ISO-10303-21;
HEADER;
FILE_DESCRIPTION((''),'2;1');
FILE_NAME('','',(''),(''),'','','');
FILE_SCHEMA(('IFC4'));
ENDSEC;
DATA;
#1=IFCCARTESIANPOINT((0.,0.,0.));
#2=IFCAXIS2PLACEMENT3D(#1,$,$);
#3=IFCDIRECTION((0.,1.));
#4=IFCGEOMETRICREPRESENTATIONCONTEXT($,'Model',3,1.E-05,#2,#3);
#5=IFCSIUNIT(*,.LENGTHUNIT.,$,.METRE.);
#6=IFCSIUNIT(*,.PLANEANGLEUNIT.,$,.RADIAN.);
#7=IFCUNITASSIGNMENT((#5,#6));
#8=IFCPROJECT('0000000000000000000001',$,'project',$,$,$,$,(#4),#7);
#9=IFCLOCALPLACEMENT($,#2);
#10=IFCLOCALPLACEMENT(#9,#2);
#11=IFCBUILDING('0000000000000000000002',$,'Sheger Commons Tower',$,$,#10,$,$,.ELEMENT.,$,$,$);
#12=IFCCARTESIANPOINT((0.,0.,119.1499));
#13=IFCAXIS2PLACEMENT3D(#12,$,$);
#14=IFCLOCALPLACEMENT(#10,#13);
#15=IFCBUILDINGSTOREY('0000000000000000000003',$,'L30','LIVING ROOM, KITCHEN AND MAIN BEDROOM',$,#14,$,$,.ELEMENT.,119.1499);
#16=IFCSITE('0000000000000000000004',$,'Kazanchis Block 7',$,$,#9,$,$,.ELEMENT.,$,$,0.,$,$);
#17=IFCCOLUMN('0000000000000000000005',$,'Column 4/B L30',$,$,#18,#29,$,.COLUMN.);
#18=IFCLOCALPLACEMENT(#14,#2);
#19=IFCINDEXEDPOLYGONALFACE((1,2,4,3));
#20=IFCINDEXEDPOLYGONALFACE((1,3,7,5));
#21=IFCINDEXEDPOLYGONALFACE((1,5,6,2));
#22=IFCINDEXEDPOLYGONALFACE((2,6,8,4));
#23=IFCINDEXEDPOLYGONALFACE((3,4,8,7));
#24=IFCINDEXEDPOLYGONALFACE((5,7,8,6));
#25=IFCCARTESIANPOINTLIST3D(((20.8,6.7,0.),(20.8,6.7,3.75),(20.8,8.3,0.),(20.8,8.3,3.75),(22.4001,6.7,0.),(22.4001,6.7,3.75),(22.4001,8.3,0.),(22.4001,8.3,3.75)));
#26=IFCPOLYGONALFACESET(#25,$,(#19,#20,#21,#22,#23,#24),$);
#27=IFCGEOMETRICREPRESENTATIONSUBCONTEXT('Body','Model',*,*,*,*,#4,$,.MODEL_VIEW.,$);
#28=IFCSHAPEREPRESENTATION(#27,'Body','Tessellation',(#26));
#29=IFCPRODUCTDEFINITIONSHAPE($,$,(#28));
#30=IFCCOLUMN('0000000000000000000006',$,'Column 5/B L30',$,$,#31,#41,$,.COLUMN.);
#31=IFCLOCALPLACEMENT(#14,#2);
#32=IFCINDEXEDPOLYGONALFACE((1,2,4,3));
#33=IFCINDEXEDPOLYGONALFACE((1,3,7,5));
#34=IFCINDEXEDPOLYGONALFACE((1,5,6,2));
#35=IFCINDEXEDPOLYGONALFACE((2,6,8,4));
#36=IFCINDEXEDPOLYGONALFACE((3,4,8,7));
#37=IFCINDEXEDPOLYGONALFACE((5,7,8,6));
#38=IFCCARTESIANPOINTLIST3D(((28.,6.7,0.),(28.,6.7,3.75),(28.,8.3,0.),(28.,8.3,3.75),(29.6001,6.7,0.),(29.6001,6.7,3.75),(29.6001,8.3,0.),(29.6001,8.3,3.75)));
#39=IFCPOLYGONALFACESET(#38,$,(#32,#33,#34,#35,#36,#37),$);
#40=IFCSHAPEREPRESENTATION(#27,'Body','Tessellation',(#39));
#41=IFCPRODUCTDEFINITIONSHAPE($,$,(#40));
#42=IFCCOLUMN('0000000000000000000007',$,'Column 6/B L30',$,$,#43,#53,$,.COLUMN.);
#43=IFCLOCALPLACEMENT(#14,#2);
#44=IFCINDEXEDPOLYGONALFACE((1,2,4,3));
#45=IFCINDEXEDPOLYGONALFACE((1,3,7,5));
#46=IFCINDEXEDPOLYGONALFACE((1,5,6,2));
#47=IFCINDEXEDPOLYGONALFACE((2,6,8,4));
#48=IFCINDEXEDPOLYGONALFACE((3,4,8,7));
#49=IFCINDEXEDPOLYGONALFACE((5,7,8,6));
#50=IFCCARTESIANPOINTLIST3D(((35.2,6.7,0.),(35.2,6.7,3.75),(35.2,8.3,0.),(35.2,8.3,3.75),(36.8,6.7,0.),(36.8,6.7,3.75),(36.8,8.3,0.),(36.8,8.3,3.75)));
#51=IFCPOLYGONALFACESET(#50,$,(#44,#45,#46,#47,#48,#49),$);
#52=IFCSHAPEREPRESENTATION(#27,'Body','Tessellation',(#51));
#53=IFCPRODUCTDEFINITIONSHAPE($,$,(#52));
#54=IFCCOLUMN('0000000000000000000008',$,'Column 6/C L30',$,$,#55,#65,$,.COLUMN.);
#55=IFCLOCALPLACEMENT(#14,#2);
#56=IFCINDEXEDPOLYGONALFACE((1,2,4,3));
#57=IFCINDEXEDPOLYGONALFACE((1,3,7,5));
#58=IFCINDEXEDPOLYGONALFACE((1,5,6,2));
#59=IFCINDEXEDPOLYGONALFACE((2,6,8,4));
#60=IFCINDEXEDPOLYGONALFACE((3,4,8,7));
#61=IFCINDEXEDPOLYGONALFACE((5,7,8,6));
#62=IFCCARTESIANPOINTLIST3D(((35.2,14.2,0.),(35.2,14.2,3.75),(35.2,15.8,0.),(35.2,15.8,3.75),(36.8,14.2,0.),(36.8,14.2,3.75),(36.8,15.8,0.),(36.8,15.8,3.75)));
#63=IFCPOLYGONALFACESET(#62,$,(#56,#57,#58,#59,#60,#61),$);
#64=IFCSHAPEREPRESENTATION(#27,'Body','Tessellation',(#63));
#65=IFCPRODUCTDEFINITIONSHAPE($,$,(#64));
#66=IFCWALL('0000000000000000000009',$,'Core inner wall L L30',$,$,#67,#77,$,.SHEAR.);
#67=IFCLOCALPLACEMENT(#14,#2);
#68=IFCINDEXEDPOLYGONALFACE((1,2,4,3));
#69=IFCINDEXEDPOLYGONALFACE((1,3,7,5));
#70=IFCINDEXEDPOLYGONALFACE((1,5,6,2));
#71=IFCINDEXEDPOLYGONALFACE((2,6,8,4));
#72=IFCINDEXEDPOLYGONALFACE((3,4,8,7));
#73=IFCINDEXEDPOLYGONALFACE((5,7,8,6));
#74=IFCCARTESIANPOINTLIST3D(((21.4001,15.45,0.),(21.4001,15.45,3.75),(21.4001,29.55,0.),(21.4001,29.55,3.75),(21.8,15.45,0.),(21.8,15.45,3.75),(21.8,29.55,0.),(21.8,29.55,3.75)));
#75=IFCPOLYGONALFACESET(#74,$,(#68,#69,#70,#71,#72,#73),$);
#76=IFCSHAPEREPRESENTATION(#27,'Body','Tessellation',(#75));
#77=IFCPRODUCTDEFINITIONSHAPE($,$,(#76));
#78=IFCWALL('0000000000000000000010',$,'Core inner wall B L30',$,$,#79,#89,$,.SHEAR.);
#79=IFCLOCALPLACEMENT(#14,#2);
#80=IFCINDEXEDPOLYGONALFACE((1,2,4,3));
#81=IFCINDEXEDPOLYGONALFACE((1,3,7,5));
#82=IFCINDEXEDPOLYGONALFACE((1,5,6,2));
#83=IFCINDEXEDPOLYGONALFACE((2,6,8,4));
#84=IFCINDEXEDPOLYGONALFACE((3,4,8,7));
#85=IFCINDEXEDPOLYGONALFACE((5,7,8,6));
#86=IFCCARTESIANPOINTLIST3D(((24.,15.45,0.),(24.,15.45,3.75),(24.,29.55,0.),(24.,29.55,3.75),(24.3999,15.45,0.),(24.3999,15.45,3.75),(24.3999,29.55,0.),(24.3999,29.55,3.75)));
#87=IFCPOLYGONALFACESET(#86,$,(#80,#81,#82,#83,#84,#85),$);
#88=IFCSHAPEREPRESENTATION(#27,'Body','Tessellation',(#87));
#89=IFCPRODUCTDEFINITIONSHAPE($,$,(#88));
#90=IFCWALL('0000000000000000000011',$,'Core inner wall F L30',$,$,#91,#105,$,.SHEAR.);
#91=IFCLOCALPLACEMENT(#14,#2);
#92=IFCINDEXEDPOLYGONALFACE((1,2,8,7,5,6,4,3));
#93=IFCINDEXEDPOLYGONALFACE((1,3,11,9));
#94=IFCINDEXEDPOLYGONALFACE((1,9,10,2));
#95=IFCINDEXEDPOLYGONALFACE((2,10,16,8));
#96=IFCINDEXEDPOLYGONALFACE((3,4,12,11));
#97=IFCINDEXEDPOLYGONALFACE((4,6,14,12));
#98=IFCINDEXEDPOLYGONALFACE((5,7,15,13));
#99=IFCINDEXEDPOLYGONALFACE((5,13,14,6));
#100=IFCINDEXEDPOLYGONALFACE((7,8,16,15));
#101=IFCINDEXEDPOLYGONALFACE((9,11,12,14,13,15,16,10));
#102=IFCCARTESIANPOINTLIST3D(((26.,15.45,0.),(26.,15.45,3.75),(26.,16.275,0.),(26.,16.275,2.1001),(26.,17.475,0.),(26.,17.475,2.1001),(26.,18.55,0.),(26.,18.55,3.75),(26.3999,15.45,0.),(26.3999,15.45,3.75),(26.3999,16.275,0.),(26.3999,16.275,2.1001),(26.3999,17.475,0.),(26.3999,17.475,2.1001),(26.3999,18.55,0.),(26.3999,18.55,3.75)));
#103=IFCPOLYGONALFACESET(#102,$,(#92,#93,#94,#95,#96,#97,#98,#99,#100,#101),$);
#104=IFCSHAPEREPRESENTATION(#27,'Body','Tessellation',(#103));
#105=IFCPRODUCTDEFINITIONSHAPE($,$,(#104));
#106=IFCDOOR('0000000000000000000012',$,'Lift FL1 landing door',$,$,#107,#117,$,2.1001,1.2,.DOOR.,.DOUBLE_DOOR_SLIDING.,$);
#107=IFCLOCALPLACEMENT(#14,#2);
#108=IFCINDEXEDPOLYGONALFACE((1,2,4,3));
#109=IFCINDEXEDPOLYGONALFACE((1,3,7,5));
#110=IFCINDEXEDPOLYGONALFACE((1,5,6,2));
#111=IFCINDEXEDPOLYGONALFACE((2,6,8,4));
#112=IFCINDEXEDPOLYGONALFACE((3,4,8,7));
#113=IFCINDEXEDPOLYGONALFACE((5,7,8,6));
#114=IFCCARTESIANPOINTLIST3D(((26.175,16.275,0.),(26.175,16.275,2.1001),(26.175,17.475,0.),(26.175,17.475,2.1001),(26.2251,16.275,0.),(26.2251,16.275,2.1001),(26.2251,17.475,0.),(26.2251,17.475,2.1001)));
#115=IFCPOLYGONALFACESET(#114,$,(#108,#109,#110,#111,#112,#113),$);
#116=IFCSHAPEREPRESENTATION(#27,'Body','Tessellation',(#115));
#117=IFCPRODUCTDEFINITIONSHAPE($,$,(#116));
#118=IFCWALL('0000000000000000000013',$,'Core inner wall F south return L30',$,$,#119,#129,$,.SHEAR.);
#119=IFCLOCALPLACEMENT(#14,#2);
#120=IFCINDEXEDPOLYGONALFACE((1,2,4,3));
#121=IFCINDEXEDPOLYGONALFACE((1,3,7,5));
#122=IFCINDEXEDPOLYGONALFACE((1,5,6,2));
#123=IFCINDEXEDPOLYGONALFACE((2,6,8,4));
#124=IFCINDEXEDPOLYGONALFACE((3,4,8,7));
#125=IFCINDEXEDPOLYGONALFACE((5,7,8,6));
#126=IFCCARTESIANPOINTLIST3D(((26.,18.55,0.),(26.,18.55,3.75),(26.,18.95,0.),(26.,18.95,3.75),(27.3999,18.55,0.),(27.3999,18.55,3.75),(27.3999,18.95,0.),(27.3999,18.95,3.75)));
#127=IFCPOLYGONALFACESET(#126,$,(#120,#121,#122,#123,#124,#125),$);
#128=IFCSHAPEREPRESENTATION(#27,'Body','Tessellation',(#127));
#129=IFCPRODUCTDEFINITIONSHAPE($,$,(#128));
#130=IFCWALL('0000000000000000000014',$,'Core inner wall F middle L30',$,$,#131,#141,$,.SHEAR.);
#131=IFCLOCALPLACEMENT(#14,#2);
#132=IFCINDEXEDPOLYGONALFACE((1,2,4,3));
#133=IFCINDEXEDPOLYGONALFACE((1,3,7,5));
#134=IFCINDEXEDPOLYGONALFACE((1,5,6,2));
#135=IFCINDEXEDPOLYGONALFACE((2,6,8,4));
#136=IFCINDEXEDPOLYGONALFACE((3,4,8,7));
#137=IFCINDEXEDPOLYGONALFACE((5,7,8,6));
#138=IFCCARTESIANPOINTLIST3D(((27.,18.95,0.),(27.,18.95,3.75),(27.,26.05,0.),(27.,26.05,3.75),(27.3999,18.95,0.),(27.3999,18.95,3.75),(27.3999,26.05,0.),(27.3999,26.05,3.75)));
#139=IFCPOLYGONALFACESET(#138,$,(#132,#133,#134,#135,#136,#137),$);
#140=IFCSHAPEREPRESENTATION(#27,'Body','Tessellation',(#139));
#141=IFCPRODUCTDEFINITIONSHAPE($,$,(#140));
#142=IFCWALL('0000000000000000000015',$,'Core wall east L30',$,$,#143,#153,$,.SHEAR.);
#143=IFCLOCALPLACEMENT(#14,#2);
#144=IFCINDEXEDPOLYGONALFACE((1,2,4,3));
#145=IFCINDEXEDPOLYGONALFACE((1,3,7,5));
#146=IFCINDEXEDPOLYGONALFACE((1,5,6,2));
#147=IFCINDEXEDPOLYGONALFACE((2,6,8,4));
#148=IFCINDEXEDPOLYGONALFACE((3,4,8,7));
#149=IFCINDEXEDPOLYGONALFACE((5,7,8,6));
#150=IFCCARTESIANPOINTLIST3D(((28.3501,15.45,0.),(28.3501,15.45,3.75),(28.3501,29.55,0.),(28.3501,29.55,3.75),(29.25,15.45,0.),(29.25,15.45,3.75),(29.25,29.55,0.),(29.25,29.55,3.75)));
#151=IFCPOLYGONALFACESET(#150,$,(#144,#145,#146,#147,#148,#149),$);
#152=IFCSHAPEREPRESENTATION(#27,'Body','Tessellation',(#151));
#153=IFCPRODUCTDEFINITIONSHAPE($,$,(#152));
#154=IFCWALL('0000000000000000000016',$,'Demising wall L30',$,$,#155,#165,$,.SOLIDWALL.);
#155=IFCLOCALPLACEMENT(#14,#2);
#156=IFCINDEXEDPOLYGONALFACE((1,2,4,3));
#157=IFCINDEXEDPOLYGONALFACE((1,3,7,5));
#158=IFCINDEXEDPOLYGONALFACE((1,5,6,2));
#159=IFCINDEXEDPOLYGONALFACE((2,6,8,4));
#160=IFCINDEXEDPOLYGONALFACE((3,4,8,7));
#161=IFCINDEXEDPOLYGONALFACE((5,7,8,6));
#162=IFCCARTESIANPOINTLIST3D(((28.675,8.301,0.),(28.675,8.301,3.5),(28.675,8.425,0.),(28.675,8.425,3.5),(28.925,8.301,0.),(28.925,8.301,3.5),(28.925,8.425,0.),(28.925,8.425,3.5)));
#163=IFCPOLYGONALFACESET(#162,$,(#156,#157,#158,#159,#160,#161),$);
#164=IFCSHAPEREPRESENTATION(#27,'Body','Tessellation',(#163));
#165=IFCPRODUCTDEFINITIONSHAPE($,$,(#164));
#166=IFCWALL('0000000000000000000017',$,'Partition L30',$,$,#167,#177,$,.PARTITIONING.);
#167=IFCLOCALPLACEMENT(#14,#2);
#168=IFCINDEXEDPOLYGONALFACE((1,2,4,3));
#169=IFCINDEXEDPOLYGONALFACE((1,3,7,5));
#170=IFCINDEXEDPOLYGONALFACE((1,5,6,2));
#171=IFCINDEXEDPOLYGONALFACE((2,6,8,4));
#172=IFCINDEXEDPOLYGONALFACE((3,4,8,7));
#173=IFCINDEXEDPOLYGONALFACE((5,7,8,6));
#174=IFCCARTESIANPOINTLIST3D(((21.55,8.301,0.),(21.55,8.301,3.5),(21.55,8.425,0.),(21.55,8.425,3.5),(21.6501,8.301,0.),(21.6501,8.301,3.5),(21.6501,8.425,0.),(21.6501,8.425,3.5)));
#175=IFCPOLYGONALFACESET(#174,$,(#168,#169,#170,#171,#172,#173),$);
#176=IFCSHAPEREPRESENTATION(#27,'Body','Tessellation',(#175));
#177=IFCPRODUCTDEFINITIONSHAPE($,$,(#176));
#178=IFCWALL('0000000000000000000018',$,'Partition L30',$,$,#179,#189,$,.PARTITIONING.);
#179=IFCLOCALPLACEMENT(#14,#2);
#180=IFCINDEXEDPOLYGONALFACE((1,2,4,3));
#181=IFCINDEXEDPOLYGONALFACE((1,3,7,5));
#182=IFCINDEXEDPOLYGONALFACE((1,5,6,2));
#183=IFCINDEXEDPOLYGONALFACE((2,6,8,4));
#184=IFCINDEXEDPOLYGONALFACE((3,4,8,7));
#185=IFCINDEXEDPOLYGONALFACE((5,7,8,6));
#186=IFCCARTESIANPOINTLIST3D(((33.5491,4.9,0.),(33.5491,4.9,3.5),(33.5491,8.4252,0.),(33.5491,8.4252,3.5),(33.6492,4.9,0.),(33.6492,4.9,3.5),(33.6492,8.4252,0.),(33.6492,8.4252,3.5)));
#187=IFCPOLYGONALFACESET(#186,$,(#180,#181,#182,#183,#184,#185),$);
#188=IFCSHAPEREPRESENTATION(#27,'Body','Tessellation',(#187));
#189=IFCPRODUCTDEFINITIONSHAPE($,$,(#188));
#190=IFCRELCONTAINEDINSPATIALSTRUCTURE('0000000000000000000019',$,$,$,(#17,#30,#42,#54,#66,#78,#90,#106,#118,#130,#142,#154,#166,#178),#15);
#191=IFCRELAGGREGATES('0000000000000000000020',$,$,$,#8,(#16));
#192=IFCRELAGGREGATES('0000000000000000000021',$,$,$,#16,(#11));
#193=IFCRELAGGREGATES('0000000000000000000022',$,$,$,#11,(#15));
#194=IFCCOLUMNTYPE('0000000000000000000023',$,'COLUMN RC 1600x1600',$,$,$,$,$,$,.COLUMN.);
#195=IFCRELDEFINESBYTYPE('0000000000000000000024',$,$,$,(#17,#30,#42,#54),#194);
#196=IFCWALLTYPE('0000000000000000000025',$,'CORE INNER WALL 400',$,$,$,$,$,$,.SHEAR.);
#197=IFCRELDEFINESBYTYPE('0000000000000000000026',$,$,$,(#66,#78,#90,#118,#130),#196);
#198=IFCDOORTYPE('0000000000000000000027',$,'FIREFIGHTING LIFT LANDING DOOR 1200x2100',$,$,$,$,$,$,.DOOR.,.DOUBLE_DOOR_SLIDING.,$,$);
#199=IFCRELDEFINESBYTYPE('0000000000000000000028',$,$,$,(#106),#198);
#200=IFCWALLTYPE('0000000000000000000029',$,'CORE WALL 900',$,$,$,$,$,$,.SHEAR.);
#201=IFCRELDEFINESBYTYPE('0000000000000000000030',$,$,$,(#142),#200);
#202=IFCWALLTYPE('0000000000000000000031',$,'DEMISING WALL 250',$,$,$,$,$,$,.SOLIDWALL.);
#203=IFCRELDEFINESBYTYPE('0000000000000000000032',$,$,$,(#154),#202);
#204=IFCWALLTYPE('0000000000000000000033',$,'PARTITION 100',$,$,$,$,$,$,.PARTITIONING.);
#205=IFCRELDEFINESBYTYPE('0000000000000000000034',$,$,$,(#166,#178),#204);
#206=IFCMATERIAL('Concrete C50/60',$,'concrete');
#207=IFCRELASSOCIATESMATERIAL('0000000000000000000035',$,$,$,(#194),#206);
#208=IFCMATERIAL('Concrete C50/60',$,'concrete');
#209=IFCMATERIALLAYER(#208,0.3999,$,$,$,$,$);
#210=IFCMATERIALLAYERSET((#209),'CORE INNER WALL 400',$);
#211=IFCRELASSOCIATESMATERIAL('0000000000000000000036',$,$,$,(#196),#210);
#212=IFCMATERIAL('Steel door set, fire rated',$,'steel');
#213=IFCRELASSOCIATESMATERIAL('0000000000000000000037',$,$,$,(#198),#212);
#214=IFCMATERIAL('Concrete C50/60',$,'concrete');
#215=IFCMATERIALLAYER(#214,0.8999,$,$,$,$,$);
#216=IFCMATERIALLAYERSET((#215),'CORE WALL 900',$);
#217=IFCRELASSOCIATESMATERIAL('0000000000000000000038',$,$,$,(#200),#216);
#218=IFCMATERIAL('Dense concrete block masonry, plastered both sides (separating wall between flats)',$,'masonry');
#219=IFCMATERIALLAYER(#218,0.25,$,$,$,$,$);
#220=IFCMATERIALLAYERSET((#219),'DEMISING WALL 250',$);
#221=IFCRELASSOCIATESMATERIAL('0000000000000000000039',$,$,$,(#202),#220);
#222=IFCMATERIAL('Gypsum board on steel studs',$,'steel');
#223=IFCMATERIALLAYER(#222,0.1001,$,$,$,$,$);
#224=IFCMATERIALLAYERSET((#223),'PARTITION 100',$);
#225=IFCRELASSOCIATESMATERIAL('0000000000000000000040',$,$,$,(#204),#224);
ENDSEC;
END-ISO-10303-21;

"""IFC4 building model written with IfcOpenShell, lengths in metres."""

from ifc_helpers import new_model, si_unit, direction, frame, frame_2d, origin, origin_2d, place, context, subcontext, project, spatial, rectangle, extrude, material, layer, layer_set, material_profile, profile_set, type_object, element, fill, save


model = new_model("IFC4")

# Units and contexts
model_context = context("Model", 3, precision=1e-05, world=origin(), true_north=direction((0.0, 1.0)))
body_context = subcontext(model_context, "Body", "Model", "MODEL_VIEW")
ifc_project = project(units=[si_unit("LENGTHUNIT", "METRE"), si_unit("PLANEANGLEUNIT", "RADIAN")], contexts=[model_context])

# Site, building, storey
site_placement = place(None, origin())
site = spatial("IfcSite", under=ifc_project, at=site_placement, Name="Kazanchis Block 7", CompositionType="ELEMENT", RefElevation=0.0)
building_placement = place(site_placement, origin())
building = spatial("IfcBuilding", under=site, at=building_placement, Name="Sheger Commons Tower", CompositionType="ELEMENT")
storey_placement = place(building_placement, frame((0.0, 0.0, 119.1499)))
storey = spatial("IfcBuildingStorey", under=building, at=storey_placement, Name="L30", Description="LIVING ROOM, KITCHEN AND MAIN BEDROOM", CompositionType="ELEMENT", Elevation=119.1499)

# Columns
ifc_material_1 = material(Name="Concrete C50/60", Category="concrete")
ifc_material_profile = material_profile(ifc_material_1, rectangle(XDim=1.6001, YDim=1.6001, at=origin_2d()), Name="RC 1600x1600")
ifc_profile_set = profile_set([ifc_material_profile], Name="Concrete C50/60")
column_type = type_object("IfcColumnType", Name="COLUMN RC 1600x1600", PredefinedType="COLUMN", material=ifc_profile_set)
for number, where, z_axis, x_axis, name in (
    (1, (21.6001, 7.5, 0.0), (0.0, 0.0, 1.0), (1.0, 0.0, 0.0), "Column 4/B L30"),
    (2, (28.8, 7.5, 0.0), (0.0, 0.0, 1.0), (1.0, 0.0, 0.0), "Column 5/B L30"),
    (3, (36.0, 7.5, 0.0), (0.0, 0.0, 1.0), (1.0, 0.0, 0.0), "Column 6/B L30"),
    (4, (36.0, 15.0, 0.0), (0.0, 0.0, 1.0), (1.0, 0.0, 0.0), "Column 6/C L30"),
):
    element("IfcColumn", number, at=place(storey_placement, frame(where, z_axis=z_axis, x_axis=x_axis)), inside=storey, type_object=column_type, Name=name, PredefinedType="COLUMN", context=body_context, shape_type="SweptSolid", body=[
        extrude(rectangle(XDim=1.6001, YDim=1.6001, at=origin_2d()), origin(), (0.0, 0.0, 1.0), 3.75),
    ])

# Walls
ifc_material_2 = material(Name="Concrete C50/60", Category="concrete")
ifc_layer_1 = layer(ifc_material_2, 0.3999)
ifc_layer_set_1 = layer_set([ifc_layer_1], Name="CORE INNER WALL 400")
wall_type_1 = type_object("IfcWallType", Name="CORE INNER WALL 400", PredefinedType="SHEAR", material=ifc_layer_set_1)
for number, where, z_axis, x_axis, name in (
    (5, (21.6001, 15.45, 0.0), (0.0, 0.0, 1.0), (0.0, 1.0, 0.0), "Core inner wall L L30"),
    (6, (24.2, 15.45, 0.0), (0.0, 0.0, 1.0), (0.0, 1.0, 0.0), "Core inner wall B L30"),
):
    element("IfcWall", number, at=place(storey_placement, frame(where, z_axis=z_axis, x_axis=x_axis)), inside=storey, type_object=wall_type_1, Name=name, PredefinedType="SHEAR", context=body_context, shape_type="SweptSolid", body=[
        extrude(rectangle(XDim=14.1001, YDim=0.3999, at=frame_2d((7.05, 0.0))), origin(), (0.0, 0.0, 1.0), 3.75),
    ])

# Wall, opening, door
wall_1_placement = place(storey_placement, frame((26.2, 15.45, 0.0), z_axis=(0.0, 0.0, 1.0), x_axis=(0.0, 1.0, 0.0)))
wall_1 = element("IfcWall", 7, at=wall_1_placement, inside=storey, type_object=wall_type_1, Name="Core inner wall F L30", PredefinedType="SHEAR", context=body_context, shape_type="SweptSolid", body=[
    extrude(rectangle(XDim=3.1001, YDim=0.3999, at=frame_2d((1.55, 0.0))), origin(), (0.0, 0.0, 1.0), 3.75),
])
opening_1_placement = place(wall_1_placement, frame((0.825, 0.0, 0.0)))
opening_1 = element("IfcOpeningElement", 8, at=opening_1_placement, cuts=wall_1, PredefinedType="OPENING", context=body_context, shape_type="SweptSolid", body=[
    extrude(rectangle(XDim=1.2, YDim=2.1001, at=frame_2d((0.6001, 1.05))), frame((0.0, 0.21, 0.0), z_axis=(0.0, -1.0, 0.0), x_axis=(1.0, 0.0, 0.0)), (0.0, 0.0, 1.0), 0.4199),
])
ifc_material_3 = material(Name="Steel door set, fire rated", Category="steel")
door_type_1 = type_object("IfcDoorType", Name="FIREFIGHTING LIFT LANDING DOOR 1200x2100", OperationType="DOUBLE_DOOR_SLIDING", PredefinedType="DOOR", material=ifc_material_3)
door_1_placement = place(opening_1_placement, origin())
door_1 = element("IfcDoor", 9, at=door_1_placement, inside=storey, type_object=door_type_1, Name="Lift FL1 landing door", OperationType="DOUBLE_DOOR_SLIDING", OverallHeight=2.1001, OverallWidth=1.2, PredefinedType="DOOR", context=body_context, shape_type="SweptSolid", body=[
    extrude(rectangle(XDim=1.2, YDim=2.1001, at=frame_2d((0.6001, 1.05))), frame((0.0, 0.0249, 0.0), z_axis=(0.0, -1.0, 0.0), x_axis=(1.0, 0.0, 0.0)), (0.0, 0.0, 1.0), 0.05),
])
fill(opening_1, door_1)

# Walls
wall_2_placement = place(storey_placement, frame((26.0, 18.75, 0.0), z_axis=(0.0, 0.0, 1.0), x_axis=(1.0, 0.0, 0.0)))
element("IfcWall", 10, at=wall_2_placement, inside=storey, type_object=wall_type_1, Name="Core inner wall F south return L30", PredefinedType="SHEAR", context=body_context, shape_type="SweptSolid", body=[
    extrude(rectangle(XDim=1.3999, YDim=0.3999, at=frame_2d((0.7, 0.0))), origin(), (0.0, 0.0, 1.0), 3.75),
])
wall_3_placement = place(storey_placement, frame((27.2, 18.95, 0.0), z_axis=(0.0, 0.0, 1.0), x_axis=(0.0, 1.0, 0.0)))
element("IfcWall", 11, at=wall_3_placement, inside=storey, type_object=wall_type_1, Name="Core inner wall F middle L30", PredefinedType="SHEAR", context=body_context, shape_type="SweptSolid", body=[
    extrude(rectangle(XDim=7.1001, YDim=0.3999, at=frame_2d((3.55, 0.0))), origin(), (0.0, 0.0, 1.0), 3.75),
])
ifc_material_4 = material(Name="Concrete C50/60", Category="concrete")
ifc_layer_2 = layer(ifc_material_4, 0.8999)
ifc_layer_set_2 = layer_set([ifc_layer_2], Name="CORE WALL 900")
wall_type_2 = type_object("IfcWallType", Name="CORE WALL 900", PredefinedType="SHEAR", material=ifc_layer_set_2)
wall_4_placement = place(storey_placement, frame((28.8, 15.45, 0.0), z_axis=(0.0, 0.0, 1.0), x_axis=(0.0, 1.0, 0.0)))
element("IfcWall", 12, at=wall_4_placement, inside=storey, type_object=wall_type_2, Name="Core wall east L30", PredefinedType="SHEAR", context=body_context, shape_type="SweptSolid", body=[
    extrude(rectangle(XDim=14.1001, YDim=0.8999, at=frame_2d((7.05, 0.0))), origin(), (0.0, 0.0, 1.0), 3.75),
])
ifc_material_5 = material(Name="Dense concrete block masonry, plastered both sides (separating wall between flats)", Category="masonry")
ifc_layer_3 = layer(ifc_material_5, 0.25)
ifc_layer_set_3 = layer_set([ifc_layer_3], Name="DEMISING WALL 250")
wall_type_3 = type_object("IfcWallType", Name="DEMISING WALL 250", PredefinedType="SOLIDWALL", material=ifc_layer_set_3)
wall_5_placement = place(storey_placement, frame((28.8, 8.301, 0.0), z_axis=(0.0, 0.0, 1.0), x_axis=(0.0, 1.0, 0.0)))
element("IfcWall", 13, at=wall_5_placement, inside=storey, type_object=wall_type_3, Name="Demising wall L30", PredefinedType="SOLIDWALL", context=body_context, shape_type="SweptSolid", body=[
    extrude(rectangle(XDim=0.124, YDim=0.25, at=frame_2d((0.062, 0.0))), origin(), (0.0, 0.0, 1.0), 3.5),
])
ifc_material_6 = material(Name="Gypsum board on steel studs", Category="steel")
ifc_layer_4 = layer(ifc_material_6, 0.1001)
ifc_layer_set_4 = layer_set([ifc_layer_4], Name="PARTITION 100")
wall_type_4 = type_object("IfcWallType", Name="PARTITION 100", PredefinedType="PARTITIONING", material=ifc_layer_set_4)
wall_6_placement = place(storey_placement, frame((21.6001, 8.301, 0.0), z_axis=(0.0, 0.0, 1.0), x_axis=(0.0, 1.0, 0.0)))
element("IfcWall", 14, at=wall_6_placement, inside=storey, type_object=wall_type_4, Name="Partition L30", PredefinedType="PARTITIONING", context=body_context, shape_type="SweptSolid", body=[
    extrude(rectangle(XDim=0.124, YDim=0.1001, at=frame_2d((0.062, 0.0))), origin(), (0.0, 0.0, 1.0), 3.5),
])
wall_7_placement = place(storey_placement, frame((33.5991, 4.8999, 0.0), z_axis=(0.0, 0.0, 1.0), x_axis=(0.0, 1.0, 0.0)))
element("IfcWall", 15, at=wall_7_placement, inside=storey, type_object=wall_type_4, Name="Partition L30", PredefinedType="PARTITIONING", context=body_context, shape_type="SweptSolid", body=[
    extrude(rectangle(XDim=3.5251, YDim=0.1001, at=frame_2d((1.7627, 0.0))), origin(), (0.0, 0.0, 1.0), 3.5),
])

save(model, "model.ifc")
